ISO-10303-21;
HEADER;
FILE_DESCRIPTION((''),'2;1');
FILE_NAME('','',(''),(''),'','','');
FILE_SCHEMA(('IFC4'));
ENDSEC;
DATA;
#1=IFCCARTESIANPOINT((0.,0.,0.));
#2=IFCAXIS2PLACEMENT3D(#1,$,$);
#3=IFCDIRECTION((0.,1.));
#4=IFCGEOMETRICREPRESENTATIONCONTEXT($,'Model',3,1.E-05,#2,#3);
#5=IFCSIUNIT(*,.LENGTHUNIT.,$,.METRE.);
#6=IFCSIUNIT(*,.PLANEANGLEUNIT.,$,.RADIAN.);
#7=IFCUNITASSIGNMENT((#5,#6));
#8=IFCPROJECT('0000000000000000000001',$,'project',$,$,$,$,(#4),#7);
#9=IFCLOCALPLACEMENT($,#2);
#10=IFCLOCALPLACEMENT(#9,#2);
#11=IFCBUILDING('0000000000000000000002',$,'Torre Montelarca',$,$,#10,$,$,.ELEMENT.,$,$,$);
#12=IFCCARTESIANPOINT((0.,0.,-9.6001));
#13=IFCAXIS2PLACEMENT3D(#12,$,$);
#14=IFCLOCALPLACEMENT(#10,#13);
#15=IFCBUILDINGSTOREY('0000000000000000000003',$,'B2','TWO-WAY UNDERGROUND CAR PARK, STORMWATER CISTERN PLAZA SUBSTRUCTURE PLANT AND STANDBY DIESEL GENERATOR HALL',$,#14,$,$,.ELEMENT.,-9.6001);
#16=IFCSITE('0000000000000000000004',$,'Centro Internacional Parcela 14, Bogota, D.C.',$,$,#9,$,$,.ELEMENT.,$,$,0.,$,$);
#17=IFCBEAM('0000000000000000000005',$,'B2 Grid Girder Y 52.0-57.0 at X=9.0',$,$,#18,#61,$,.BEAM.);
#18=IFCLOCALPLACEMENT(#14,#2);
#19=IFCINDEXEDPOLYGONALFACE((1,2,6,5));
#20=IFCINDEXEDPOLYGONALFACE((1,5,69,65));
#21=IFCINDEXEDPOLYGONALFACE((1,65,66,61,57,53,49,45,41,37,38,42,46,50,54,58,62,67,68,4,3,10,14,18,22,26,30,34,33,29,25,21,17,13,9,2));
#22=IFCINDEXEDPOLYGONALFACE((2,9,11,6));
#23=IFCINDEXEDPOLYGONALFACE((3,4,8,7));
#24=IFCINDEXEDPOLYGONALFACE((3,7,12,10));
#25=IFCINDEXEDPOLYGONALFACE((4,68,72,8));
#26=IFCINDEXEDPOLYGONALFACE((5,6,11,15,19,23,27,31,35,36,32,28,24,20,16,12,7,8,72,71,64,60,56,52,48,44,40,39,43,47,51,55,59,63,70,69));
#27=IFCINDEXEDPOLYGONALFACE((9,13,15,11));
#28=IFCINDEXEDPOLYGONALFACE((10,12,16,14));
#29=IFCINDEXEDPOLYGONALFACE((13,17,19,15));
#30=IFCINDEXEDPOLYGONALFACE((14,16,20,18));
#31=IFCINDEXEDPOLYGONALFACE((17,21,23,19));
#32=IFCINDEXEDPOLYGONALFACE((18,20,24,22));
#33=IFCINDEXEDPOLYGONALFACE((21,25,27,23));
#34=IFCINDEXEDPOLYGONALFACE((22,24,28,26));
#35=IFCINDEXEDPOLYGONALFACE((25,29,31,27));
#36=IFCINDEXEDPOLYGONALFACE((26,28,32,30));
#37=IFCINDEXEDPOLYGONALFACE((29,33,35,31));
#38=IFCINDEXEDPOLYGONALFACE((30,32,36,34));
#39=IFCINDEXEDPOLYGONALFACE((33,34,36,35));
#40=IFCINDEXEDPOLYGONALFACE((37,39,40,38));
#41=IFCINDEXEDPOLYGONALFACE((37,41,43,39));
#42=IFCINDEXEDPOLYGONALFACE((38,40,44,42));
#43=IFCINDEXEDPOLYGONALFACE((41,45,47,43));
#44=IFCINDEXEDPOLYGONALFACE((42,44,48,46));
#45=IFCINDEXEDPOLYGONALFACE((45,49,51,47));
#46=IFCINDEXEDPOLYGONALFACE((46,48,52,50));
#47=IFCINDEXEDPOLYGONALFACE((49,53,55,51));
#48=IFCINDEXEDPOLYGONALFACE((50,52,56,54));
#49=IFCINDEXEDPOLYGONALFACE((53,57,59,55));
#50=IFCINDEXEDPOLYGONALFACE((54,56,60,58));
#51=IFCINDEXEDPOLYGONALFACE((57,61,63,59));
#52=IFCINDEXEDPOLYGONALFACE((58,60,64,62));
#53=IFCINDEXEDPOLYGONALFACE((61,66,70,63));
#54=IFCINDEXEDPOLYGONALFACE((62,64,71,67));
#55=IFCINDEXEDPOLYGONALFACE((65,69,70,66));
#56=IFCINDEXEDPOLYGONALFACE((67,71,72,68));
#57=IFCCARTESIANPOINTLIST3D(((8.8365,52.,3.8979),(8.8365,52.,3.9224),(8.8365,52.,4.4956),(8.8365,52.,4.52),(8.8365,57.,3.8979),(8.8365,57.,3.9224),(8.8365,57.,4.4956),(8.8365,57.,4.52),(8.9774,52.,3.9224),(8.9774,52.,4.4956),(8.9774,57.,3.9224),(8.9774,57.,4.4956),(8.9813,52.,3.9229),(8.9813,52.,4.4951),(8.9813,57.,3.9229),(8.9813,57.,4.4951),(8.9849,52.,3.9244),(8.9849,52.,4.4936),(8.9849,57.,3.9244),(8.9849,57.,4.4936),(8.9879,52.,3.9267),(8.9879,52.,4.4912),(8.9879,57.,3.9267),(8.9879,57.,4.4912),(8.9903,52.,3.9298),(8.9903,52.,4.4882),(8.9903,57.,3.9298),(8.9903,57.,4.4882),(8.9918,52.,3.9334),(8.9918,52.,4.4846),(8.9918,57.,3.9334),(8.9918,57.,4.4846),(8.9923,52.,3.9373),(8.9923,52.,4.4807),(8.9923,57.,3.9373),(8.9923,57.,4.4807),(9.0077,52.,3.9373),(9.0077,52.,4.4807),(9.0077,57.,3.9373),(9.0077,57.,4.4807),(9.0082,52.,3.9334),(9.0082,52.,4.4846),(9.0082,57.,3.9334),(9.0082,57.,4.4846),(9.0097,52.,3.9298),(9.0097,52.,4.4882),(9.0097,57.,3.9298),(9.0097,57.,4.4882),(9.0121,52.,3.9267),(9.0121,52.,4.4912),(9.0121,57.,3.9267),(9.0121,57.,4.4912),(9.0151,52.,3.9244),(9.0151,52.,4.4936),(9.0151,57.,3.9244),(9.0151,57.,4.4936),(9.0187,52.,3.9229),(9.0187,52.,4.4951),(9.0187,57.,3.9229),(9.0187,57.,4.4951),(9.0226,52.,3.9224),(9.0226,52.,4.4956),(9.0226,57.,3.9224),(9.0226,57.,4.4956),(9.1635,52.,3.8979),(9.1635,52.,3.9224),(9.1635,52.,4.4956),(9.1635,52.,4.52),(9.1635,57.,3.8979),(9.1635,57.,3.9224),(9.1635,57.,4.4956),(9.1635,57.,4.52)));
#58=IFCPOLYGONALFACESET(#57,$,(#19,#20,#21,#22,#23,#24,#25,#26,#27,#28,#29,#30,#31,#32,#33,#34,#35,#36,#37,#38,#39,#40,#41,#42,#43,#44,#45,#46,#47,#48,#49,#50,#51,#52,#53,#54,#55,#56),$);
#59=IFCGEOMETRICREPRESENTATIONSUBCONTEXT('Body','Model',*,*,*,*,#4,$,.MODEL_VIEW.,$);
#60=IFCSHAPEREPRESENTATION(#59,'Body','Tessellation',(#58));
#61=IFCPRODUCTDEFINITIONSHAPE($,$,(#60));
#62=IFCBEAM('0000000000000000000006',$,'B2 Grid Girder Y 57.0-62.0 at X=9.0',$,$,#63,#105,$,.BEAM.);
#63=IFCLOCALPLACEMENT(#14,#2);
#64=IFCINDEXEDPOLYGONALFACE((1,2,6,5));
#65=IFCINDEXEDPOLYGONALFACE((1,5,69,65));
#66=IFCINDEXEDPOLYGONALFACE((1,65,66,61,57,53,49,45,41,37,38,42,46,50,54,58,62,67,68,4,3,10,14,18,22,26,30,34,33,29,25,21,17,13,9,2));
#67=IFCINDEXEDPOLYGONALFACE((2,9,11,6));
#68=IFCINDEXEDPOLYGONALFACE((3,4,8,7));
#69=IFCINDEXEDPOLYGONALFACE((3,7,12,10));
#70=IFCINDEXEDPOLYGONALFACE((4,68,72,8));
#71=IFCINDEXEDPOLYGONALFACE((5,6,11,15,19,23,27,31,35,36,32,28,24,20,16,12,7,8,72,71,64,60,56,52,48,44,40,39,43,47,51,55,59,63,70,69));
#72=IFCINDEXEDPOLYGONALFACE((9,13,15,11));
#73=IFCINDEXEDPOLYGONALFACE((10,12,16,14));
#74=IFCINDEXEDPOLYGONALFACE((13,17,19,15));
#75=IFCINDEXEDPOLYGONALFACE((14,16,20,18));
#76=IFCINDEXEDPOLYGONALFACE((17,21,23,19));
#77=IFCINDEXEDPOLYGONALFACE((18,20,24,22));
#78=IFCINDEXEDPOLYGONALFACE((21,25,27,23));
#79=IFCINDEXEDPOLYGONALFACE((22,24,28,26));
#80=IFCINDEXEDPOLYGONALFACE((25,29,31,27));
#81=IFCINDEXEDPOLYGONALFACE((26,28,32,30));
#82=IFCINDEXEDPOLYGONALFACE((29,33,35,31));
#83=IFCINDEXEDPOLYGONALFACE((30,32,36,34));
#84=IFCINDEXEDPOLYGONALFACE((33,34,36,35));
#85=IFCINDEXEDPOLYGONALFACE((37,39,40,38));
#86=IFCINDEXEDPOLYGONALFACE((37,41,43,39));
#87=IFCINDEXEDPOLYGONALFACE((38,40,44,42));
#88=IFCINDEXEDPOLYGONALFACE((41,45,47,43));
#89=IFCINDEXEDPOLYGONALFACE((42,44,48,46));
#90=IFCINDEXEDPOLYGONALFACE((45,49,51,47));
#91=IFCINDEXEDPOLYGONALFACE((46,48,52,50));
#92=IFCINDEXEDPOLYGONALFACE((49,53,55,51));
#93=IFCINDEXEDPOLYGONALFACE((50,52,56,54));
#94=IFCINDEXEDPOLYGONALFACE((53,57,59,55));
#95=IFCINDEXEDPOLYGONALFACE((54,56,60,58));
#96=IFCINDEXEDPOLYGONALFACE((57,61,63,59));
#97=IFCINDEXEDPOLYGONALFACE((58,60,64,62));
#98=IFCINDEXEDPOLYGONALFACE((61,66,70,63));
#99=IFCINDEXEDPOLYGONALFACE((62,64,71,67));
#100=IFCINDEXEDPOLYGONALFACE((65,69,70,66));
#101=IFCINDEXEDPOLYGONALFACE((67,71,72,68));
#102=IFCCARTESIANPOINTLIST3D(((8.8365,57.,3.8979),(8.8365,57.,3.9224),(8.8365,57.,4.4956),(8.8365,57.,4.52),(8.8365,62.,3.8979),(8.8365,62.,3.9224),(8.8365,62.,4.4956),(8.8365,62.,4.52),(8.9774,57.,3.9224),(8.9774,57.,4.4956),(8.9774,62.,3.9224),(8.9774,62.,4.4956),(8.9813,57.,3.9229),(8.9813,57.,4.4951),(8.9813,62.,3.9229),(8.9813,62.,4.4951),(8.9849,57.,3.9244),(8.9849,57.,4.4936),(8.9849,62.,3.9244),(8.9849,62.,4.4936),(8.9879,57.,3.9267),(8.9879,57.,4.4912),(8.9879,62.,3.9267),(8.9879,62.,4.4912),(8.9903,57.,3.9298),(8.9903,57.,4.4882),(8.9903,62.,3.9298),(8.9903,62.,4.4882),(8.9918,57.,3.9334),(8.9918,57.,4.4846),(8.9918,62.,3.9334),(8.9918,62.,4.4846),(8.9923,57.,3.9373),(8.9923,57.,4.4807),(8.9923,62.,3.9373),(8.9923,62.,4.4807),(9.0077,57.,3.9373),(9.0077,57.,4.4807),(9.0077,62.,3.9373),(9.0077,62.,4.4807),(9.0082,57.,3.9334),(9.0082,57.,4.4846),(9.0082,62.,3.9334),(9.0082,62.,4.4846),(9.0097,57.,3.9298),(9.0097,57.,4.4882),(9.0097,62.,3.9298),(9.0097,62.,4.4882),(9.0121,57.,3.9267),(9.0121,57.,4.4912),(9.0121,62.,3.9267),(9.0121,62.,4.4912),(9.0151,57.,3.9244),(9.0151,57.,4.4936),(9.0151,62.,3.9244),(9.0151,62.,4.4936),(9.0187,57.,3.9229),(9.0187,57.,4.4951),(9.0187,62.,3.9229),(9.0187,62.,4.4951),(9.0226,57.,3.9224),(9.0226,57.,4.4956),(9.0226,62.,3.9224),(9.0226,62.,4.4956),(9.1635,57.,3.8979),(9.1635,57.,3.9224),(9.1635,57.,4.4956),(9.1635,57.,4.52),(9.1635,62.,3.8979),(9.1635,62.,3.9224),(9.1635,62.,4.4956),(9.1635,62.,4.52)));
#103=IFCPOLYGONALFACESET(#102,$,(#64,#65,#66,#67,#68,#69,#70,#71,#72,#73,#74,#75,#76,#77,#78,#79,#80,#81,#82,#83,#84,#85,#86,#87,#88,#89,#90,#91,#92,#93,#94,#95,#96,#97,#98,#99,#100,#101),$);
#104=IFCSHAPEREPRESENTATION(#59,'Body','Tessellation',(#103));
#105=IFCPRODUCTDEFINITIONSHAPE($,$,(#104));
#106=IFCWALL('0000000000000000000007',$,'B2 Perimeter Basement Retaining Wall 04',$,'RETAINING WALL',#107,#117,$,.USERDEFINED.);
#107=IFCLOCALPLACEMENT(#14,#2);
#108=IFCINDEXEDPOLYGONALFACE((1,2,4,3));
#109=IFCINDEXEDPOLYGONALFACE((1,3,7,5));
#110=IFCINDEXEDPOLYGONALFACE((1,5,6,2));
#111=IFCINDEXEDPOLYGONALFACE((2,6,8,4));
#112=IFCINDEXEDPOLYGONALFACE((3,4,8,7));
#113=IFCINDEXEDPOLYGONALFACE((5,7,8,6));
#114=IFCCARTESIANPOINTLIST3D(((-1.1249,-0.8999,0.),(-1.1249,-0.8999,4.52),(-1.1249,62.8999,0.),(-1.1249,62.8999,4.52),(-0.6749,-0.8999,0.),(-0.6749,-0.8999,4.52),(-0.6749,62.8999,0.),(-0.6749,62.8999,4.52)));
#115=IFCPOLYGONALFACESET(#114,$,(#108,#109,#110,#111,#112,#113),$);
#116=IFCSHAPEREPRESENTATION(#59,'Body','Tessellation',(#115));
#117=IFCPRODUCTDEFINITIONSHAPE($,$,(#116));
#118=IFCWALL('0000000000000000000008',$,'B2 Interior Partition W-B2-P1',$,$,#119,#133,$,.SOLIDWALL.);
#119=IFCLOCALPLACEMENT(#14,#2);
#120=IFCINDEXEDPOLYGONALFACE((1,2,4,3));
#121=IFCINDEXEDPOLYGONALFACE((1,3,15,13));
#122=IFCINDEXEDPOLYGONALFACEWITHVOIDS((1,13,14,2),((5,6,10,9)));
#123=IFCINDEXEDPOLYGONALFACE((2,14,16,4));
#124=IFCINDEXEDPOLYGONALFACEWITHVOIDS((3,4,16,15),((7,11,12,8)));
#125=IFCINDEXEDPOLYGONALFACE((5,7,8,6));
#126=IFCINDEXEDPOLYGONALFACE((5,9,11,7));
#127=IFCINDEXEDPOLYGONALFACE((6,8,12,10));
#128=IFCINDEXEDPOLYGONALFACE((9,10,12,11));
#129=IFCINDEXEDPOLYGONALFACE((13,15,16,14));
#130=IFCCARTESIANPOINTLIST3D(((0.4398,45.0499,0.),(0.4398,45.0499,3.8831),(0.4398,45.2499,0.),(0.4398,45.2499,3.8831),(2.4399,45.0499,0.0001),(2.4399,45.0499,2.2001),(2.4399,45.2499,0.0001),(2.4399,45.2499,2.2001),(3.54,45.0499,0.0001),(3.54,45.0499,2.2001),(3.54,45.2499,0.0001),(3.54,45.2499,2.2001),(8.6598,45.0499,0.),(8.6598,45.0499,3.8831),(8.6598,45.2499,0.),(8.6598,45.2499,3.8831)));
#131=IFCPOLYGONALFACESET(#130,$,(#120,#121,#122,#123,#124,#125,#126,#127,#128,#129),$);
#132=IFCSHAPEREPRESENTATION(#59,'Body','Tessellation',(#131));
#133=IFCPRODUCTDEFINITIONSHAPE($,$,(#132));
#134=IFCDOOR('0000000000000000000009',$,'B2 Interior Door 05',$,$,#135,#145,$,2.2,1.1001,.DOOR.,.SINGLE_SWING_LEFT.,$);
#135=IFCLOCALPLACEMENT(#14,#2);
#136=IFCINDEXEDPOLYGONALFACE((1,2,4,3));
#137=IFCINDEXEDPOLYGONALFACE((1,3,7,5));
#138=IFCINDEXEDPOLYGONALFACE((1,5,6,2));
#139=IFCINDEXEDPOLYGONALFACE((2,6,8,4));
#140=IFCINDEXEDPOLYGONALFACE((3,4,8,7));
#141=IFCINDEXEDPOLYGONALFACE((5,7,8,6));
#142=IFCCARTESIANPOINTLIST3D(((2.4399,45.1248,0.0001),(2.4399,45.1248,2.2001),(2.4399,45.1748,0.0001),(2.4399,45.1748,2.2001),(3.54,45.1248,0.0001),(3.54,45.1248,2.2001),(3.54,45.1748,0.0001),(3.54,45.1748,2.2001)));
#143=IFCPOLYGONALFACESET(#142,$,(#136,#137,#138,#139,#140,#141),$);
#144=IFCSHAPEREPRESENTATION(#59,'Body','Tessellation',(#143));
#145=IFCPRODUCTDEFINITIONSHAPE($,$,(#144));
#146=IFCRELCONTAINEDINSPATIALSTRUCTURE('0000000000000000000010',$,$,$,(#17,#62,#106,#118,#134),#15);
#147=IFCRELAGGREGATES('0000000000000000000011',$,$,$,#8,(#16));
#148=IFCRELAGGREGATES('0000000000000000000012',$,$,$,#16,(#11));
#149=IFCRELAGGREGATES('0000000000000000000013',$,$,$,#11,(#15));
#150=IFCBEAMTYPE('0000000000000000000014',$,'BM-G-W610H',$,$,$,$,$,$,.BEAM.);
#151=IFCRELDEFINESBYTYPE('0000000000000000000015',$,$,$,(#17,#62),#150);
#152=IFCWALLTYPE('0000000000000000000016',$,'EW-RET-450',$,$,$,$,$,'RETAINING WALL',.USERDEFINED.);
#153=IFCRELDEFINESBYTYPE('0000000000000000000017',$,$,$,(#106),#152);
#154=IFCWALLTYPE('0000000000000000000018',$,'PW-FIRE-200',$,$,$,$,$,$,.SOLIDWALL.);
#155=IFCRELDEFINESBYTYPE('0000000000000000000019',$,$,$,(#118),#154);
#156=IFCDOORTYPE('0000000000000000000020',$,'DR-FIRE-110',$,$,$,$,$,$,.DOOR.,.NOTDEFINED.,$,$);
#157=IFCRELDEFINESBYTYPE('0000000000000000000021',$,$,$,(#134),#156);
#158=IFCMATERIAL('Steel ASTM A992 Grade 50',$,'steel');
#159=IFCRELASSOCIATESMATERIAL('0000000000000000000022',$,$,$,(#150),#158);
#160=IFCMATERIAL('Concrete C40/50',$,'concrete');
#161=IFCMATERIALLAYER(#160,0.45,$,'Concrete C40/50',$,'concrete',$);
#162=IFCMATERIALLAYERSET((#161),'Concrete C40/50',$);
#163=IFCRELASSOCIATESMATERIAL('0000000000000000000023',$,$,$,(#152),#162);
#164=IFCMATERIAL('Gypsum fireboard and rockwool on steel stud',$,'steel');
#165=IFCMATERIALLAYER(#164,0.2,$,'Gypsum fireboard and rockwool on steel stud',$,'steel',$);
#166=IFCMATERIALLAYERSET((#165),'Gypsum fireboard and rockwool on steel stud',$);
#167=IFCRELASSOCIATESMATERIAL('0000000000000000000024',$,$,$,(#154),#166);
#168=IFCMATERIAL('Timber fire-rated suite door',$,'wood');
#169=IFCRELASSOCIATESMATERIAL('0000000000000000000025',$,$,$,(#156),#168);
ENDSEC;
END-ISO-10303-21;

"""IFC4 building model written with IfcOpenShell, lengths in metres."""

from ifc_helpers import new_model, si_unit, direction, frame, frame_2d, origin, origin_2d, place, context, subcontext, project, spatial, rectangle, i_section, extrude, source, transform, mapped, material, layer, layer_set, material_profile, profile_set, type_object, element, fill, save


model = new_model("IFC4")

# Units and contexts
model_context = context("Model", 3, precision=1e-05, world=origin(), true_north=direction((0.0, 1.0)))
body_context = subcontext(model_context, "Body", "Model", "MODEL_VIEW")
ifc_project = project(units=[si_unit("LENGTHUNIT", "METRE"), si_unit("PLANEANGLEUNIT", "RADIAN")], contexts=[model_context])

# Site, building, storey
site_placement = place(None, origin())
site = spatial("IfcSite", under=ifc_project, at=site_placement, Name="Centro Internacional Parcela 14, Bogota, D.C.", CompositionType="ELEMENT", RefElevation=0.0)
building_placement = place(site_placement, origin())
building = spatial("IfcBuilding", under=site, at=building_placement, Name="Torre Montelarca", CompositionType="ELEMENT")
storey_placement = place(building_placement, frame((0.0, 0.0, -9.6001)))
storey = spatial("IfcBuildingStorey", under=building, at=storey_placement, Name="B2", Description="TWO-WAY UNDERGROUND CAR PARK, STORMWATER CISTERN PLAZA SUBSTRUCTURE PLANT AND STANDBY DIESEL GENERATOR HALL", CompositionType="ELEMENT", Elevation=-9.6001)

# Shared definitions
ifc_material_1 = material(Name="Concrete C40/50", Category="concrete")

# Beams
ifc_material_2 = material(Name="Steel ASTM A992 Grade 50", Category="steel")
ifc_material_profile_1 = material_profile(ifc_material_2, i_section(OverallWidth=0.3269, OverallDepth=0.6221, WebThickness=0.0154, FlangeThickness=0.0244, FilletRadius=0.0149, at=origin_2d()), Name="W610X195", Category="steel")
ifc_profile_set_1 = profile_set([ifc_material_profile_1], Name="Steel ASTM A992 Grade 50")
beam_type_1 = type_object("IfcBeamType", Name="BM-G-W610H", PredefinedType="BEAM", material=ifc_profile_set_1)
shared_shape_1 = source(origin(), body_context, "Body", "SweptSolid", [
    extrude(i_section(OverallWidth=0.3269, OverallDepth=0.6221, WebThickness=0.0154, FlangeThickness=0.0244, FilletRadius=0.0149, at=origin_2d()), origin(), (0.0, 0.0, 1.0), 5.0),
])
for number, where, z_axis, x_axis, name in (
    (1, (9.0, 52.0, 4.209), (0.0, 1.0, 0.0), (-1.0, 0.0, 0.0), "B2 Grid Girder Y 52.0-57.0 at X=9.0"),
    (2, (9.0, 57.0, 4.209), (0.0, 1.0, 0.0), (-1.0, 0.0, 0.0), "B2 Grid Girder Y 57.0-62.0 at X=9.0"),
):
    element("IfcBeam", number, at=place(storey_placement, frame(where, z_axis=z_axis, x_axis=x_axis)), inside=storey, type_object=beam_type_1, Name=name, PredefinedType="BEAM", context=body_context, shape_type="MappedRepresentation", body=[
        mapped(shared_shape_1, transform((0.0, 0.0, 0.0), scale=1.0)),
    ])

# Wall
ifc_layer_1 = layer(ifc_material_1, 0.45, Name="Concrete C40/50", Category="concrete")
ifc_layer_set_1 = layer_set([ifc_layer_1], Name="Concrete C40/50")
wall_type_1 = type_object("IfcWallType", Name="EW-RET-450", ElementType="RETAINING WALL", PredefinedType="USERDEFINED", material=ifc_layer_set_1)
wall_1_placement = place(storey_placement, frame((-0.8999, 62.8999, 0.0), z_axis=(0.0, 0.0, 1.0), x_axis=(0.0, -1.0, 0.0)))
element("IfcWall", 3, at=wall_1_placement, inside=storey, type_object=wall_type_1, Name="B2 Perimeter Basement Retaining Wall 04", ObjectType="RETAINING WALL", PredefinedType="USERDEFINED", context=body_context, shape_type="SweptSolid", body=[
    extrude(rectangle(XDim=63.7998, YDim=0.45, at=frame_2d((31.8999, 0.0))), origin(), (0.0, 0.0, 1.0), 4.52),
])

# Wall, opening, door
ifc_material_3 = material(Name="Gypsum fireboard and rockwool on steel stud", Category="steel")
ifc_layer_2 = layer(ifc_material_3, 0.2, Name="Gypsum fireboard and rockwool on steel stud", Category="steel")
ifc_layer_set_2 = layer_set([ifc_layer_2], Name="Gypsum fireboard and rockwool on steel stud")
wall_type_2 = type_object("IfcWallType", Name="PW-FIRE-200", PredefinedType="SOLIDWALL", material=ifc_layer_set_2)
wall_2_placement = place(storey_placement, frame((0.4399, 45.1499, 0.0), z_axis=(0.0, 0.0, 1.0), x_axis=(1.0, 0.0, 0.0)))
wall_2 = element("IfcWall", 4, at=wall_2_placement, inside=storey, type_object=wall_type_2, Name="B2 Interior Partition W-B2-P1", PredefinedType="SOLIDWALL", context=body_context, shape_type="SweptSolid", body=[
    extrude(rectangle(XDim=8.22, YDim=0.2, at=frame_2d((4.1099, 0.0))), origin(), (0.0, 0.0, 1.0), 3.8831),
])
opening_placement = place(wall_2_placement, frame((2.0, 0.0, 0.0)))
opening = element("IfcOpeningElement", 5, at=opening_placement, cuts=wall_2, PredefinedType="OPENING", context=body_context, shape_type="SweptSolid", body=[
    extrude(rectangle(XDim=1.1001, YDim=2.2, at=frame_2d((0.55, 1.1001))), frame((0.0, 0.1099, 0.0), z_axis=(0.0, -1.0, 0.0), x_axis=(1.0, 0.0, 0.0)), (0.0, 0.0, 1.0), 0.22),
])
ifc_material_4 = material(Name="Timber fire-rated suite door", Category="wood")
door_type = type_object("IfcDoorType", Name="DR-FIRE-110", OperationType="NOTDEFINED", PredefinedType="DOOR", material=ifc_material_4)
shared_shape_2 = source(origin(), body_context, "Body", "SweptSolid", [
    extrude(rectangle(XDim=1.1001, YDim=2.2, at=frame_2d((0.55, 1.1001))), frame((0.0, 0.0249, 0.0), z_axis=(0.0, -1.0, 0.0), x_axis=(1.0, 0.0, 0.0)), (0.0, 0.0, 1.0), 0.05),
])
door_placement = place(opening_placement, origin())
door = element("IfcDoor", 6, at=door_placement, inside=storey, type_object=door_type, Name="B2 Interior Door 05", OperationType="SINGLE_SWING_LEFT", OverallHeight=2.2, OverallWidth=1.1001, PredefinedType="DOOR", context=body_context, shape_type="MappedRepresentation", body=[
    mapped(shared_shape_2, transform((0.0, 0.0, 0.0), scale=1.0)),
])
fill(opening, door)

save(model, "model.ifc")
